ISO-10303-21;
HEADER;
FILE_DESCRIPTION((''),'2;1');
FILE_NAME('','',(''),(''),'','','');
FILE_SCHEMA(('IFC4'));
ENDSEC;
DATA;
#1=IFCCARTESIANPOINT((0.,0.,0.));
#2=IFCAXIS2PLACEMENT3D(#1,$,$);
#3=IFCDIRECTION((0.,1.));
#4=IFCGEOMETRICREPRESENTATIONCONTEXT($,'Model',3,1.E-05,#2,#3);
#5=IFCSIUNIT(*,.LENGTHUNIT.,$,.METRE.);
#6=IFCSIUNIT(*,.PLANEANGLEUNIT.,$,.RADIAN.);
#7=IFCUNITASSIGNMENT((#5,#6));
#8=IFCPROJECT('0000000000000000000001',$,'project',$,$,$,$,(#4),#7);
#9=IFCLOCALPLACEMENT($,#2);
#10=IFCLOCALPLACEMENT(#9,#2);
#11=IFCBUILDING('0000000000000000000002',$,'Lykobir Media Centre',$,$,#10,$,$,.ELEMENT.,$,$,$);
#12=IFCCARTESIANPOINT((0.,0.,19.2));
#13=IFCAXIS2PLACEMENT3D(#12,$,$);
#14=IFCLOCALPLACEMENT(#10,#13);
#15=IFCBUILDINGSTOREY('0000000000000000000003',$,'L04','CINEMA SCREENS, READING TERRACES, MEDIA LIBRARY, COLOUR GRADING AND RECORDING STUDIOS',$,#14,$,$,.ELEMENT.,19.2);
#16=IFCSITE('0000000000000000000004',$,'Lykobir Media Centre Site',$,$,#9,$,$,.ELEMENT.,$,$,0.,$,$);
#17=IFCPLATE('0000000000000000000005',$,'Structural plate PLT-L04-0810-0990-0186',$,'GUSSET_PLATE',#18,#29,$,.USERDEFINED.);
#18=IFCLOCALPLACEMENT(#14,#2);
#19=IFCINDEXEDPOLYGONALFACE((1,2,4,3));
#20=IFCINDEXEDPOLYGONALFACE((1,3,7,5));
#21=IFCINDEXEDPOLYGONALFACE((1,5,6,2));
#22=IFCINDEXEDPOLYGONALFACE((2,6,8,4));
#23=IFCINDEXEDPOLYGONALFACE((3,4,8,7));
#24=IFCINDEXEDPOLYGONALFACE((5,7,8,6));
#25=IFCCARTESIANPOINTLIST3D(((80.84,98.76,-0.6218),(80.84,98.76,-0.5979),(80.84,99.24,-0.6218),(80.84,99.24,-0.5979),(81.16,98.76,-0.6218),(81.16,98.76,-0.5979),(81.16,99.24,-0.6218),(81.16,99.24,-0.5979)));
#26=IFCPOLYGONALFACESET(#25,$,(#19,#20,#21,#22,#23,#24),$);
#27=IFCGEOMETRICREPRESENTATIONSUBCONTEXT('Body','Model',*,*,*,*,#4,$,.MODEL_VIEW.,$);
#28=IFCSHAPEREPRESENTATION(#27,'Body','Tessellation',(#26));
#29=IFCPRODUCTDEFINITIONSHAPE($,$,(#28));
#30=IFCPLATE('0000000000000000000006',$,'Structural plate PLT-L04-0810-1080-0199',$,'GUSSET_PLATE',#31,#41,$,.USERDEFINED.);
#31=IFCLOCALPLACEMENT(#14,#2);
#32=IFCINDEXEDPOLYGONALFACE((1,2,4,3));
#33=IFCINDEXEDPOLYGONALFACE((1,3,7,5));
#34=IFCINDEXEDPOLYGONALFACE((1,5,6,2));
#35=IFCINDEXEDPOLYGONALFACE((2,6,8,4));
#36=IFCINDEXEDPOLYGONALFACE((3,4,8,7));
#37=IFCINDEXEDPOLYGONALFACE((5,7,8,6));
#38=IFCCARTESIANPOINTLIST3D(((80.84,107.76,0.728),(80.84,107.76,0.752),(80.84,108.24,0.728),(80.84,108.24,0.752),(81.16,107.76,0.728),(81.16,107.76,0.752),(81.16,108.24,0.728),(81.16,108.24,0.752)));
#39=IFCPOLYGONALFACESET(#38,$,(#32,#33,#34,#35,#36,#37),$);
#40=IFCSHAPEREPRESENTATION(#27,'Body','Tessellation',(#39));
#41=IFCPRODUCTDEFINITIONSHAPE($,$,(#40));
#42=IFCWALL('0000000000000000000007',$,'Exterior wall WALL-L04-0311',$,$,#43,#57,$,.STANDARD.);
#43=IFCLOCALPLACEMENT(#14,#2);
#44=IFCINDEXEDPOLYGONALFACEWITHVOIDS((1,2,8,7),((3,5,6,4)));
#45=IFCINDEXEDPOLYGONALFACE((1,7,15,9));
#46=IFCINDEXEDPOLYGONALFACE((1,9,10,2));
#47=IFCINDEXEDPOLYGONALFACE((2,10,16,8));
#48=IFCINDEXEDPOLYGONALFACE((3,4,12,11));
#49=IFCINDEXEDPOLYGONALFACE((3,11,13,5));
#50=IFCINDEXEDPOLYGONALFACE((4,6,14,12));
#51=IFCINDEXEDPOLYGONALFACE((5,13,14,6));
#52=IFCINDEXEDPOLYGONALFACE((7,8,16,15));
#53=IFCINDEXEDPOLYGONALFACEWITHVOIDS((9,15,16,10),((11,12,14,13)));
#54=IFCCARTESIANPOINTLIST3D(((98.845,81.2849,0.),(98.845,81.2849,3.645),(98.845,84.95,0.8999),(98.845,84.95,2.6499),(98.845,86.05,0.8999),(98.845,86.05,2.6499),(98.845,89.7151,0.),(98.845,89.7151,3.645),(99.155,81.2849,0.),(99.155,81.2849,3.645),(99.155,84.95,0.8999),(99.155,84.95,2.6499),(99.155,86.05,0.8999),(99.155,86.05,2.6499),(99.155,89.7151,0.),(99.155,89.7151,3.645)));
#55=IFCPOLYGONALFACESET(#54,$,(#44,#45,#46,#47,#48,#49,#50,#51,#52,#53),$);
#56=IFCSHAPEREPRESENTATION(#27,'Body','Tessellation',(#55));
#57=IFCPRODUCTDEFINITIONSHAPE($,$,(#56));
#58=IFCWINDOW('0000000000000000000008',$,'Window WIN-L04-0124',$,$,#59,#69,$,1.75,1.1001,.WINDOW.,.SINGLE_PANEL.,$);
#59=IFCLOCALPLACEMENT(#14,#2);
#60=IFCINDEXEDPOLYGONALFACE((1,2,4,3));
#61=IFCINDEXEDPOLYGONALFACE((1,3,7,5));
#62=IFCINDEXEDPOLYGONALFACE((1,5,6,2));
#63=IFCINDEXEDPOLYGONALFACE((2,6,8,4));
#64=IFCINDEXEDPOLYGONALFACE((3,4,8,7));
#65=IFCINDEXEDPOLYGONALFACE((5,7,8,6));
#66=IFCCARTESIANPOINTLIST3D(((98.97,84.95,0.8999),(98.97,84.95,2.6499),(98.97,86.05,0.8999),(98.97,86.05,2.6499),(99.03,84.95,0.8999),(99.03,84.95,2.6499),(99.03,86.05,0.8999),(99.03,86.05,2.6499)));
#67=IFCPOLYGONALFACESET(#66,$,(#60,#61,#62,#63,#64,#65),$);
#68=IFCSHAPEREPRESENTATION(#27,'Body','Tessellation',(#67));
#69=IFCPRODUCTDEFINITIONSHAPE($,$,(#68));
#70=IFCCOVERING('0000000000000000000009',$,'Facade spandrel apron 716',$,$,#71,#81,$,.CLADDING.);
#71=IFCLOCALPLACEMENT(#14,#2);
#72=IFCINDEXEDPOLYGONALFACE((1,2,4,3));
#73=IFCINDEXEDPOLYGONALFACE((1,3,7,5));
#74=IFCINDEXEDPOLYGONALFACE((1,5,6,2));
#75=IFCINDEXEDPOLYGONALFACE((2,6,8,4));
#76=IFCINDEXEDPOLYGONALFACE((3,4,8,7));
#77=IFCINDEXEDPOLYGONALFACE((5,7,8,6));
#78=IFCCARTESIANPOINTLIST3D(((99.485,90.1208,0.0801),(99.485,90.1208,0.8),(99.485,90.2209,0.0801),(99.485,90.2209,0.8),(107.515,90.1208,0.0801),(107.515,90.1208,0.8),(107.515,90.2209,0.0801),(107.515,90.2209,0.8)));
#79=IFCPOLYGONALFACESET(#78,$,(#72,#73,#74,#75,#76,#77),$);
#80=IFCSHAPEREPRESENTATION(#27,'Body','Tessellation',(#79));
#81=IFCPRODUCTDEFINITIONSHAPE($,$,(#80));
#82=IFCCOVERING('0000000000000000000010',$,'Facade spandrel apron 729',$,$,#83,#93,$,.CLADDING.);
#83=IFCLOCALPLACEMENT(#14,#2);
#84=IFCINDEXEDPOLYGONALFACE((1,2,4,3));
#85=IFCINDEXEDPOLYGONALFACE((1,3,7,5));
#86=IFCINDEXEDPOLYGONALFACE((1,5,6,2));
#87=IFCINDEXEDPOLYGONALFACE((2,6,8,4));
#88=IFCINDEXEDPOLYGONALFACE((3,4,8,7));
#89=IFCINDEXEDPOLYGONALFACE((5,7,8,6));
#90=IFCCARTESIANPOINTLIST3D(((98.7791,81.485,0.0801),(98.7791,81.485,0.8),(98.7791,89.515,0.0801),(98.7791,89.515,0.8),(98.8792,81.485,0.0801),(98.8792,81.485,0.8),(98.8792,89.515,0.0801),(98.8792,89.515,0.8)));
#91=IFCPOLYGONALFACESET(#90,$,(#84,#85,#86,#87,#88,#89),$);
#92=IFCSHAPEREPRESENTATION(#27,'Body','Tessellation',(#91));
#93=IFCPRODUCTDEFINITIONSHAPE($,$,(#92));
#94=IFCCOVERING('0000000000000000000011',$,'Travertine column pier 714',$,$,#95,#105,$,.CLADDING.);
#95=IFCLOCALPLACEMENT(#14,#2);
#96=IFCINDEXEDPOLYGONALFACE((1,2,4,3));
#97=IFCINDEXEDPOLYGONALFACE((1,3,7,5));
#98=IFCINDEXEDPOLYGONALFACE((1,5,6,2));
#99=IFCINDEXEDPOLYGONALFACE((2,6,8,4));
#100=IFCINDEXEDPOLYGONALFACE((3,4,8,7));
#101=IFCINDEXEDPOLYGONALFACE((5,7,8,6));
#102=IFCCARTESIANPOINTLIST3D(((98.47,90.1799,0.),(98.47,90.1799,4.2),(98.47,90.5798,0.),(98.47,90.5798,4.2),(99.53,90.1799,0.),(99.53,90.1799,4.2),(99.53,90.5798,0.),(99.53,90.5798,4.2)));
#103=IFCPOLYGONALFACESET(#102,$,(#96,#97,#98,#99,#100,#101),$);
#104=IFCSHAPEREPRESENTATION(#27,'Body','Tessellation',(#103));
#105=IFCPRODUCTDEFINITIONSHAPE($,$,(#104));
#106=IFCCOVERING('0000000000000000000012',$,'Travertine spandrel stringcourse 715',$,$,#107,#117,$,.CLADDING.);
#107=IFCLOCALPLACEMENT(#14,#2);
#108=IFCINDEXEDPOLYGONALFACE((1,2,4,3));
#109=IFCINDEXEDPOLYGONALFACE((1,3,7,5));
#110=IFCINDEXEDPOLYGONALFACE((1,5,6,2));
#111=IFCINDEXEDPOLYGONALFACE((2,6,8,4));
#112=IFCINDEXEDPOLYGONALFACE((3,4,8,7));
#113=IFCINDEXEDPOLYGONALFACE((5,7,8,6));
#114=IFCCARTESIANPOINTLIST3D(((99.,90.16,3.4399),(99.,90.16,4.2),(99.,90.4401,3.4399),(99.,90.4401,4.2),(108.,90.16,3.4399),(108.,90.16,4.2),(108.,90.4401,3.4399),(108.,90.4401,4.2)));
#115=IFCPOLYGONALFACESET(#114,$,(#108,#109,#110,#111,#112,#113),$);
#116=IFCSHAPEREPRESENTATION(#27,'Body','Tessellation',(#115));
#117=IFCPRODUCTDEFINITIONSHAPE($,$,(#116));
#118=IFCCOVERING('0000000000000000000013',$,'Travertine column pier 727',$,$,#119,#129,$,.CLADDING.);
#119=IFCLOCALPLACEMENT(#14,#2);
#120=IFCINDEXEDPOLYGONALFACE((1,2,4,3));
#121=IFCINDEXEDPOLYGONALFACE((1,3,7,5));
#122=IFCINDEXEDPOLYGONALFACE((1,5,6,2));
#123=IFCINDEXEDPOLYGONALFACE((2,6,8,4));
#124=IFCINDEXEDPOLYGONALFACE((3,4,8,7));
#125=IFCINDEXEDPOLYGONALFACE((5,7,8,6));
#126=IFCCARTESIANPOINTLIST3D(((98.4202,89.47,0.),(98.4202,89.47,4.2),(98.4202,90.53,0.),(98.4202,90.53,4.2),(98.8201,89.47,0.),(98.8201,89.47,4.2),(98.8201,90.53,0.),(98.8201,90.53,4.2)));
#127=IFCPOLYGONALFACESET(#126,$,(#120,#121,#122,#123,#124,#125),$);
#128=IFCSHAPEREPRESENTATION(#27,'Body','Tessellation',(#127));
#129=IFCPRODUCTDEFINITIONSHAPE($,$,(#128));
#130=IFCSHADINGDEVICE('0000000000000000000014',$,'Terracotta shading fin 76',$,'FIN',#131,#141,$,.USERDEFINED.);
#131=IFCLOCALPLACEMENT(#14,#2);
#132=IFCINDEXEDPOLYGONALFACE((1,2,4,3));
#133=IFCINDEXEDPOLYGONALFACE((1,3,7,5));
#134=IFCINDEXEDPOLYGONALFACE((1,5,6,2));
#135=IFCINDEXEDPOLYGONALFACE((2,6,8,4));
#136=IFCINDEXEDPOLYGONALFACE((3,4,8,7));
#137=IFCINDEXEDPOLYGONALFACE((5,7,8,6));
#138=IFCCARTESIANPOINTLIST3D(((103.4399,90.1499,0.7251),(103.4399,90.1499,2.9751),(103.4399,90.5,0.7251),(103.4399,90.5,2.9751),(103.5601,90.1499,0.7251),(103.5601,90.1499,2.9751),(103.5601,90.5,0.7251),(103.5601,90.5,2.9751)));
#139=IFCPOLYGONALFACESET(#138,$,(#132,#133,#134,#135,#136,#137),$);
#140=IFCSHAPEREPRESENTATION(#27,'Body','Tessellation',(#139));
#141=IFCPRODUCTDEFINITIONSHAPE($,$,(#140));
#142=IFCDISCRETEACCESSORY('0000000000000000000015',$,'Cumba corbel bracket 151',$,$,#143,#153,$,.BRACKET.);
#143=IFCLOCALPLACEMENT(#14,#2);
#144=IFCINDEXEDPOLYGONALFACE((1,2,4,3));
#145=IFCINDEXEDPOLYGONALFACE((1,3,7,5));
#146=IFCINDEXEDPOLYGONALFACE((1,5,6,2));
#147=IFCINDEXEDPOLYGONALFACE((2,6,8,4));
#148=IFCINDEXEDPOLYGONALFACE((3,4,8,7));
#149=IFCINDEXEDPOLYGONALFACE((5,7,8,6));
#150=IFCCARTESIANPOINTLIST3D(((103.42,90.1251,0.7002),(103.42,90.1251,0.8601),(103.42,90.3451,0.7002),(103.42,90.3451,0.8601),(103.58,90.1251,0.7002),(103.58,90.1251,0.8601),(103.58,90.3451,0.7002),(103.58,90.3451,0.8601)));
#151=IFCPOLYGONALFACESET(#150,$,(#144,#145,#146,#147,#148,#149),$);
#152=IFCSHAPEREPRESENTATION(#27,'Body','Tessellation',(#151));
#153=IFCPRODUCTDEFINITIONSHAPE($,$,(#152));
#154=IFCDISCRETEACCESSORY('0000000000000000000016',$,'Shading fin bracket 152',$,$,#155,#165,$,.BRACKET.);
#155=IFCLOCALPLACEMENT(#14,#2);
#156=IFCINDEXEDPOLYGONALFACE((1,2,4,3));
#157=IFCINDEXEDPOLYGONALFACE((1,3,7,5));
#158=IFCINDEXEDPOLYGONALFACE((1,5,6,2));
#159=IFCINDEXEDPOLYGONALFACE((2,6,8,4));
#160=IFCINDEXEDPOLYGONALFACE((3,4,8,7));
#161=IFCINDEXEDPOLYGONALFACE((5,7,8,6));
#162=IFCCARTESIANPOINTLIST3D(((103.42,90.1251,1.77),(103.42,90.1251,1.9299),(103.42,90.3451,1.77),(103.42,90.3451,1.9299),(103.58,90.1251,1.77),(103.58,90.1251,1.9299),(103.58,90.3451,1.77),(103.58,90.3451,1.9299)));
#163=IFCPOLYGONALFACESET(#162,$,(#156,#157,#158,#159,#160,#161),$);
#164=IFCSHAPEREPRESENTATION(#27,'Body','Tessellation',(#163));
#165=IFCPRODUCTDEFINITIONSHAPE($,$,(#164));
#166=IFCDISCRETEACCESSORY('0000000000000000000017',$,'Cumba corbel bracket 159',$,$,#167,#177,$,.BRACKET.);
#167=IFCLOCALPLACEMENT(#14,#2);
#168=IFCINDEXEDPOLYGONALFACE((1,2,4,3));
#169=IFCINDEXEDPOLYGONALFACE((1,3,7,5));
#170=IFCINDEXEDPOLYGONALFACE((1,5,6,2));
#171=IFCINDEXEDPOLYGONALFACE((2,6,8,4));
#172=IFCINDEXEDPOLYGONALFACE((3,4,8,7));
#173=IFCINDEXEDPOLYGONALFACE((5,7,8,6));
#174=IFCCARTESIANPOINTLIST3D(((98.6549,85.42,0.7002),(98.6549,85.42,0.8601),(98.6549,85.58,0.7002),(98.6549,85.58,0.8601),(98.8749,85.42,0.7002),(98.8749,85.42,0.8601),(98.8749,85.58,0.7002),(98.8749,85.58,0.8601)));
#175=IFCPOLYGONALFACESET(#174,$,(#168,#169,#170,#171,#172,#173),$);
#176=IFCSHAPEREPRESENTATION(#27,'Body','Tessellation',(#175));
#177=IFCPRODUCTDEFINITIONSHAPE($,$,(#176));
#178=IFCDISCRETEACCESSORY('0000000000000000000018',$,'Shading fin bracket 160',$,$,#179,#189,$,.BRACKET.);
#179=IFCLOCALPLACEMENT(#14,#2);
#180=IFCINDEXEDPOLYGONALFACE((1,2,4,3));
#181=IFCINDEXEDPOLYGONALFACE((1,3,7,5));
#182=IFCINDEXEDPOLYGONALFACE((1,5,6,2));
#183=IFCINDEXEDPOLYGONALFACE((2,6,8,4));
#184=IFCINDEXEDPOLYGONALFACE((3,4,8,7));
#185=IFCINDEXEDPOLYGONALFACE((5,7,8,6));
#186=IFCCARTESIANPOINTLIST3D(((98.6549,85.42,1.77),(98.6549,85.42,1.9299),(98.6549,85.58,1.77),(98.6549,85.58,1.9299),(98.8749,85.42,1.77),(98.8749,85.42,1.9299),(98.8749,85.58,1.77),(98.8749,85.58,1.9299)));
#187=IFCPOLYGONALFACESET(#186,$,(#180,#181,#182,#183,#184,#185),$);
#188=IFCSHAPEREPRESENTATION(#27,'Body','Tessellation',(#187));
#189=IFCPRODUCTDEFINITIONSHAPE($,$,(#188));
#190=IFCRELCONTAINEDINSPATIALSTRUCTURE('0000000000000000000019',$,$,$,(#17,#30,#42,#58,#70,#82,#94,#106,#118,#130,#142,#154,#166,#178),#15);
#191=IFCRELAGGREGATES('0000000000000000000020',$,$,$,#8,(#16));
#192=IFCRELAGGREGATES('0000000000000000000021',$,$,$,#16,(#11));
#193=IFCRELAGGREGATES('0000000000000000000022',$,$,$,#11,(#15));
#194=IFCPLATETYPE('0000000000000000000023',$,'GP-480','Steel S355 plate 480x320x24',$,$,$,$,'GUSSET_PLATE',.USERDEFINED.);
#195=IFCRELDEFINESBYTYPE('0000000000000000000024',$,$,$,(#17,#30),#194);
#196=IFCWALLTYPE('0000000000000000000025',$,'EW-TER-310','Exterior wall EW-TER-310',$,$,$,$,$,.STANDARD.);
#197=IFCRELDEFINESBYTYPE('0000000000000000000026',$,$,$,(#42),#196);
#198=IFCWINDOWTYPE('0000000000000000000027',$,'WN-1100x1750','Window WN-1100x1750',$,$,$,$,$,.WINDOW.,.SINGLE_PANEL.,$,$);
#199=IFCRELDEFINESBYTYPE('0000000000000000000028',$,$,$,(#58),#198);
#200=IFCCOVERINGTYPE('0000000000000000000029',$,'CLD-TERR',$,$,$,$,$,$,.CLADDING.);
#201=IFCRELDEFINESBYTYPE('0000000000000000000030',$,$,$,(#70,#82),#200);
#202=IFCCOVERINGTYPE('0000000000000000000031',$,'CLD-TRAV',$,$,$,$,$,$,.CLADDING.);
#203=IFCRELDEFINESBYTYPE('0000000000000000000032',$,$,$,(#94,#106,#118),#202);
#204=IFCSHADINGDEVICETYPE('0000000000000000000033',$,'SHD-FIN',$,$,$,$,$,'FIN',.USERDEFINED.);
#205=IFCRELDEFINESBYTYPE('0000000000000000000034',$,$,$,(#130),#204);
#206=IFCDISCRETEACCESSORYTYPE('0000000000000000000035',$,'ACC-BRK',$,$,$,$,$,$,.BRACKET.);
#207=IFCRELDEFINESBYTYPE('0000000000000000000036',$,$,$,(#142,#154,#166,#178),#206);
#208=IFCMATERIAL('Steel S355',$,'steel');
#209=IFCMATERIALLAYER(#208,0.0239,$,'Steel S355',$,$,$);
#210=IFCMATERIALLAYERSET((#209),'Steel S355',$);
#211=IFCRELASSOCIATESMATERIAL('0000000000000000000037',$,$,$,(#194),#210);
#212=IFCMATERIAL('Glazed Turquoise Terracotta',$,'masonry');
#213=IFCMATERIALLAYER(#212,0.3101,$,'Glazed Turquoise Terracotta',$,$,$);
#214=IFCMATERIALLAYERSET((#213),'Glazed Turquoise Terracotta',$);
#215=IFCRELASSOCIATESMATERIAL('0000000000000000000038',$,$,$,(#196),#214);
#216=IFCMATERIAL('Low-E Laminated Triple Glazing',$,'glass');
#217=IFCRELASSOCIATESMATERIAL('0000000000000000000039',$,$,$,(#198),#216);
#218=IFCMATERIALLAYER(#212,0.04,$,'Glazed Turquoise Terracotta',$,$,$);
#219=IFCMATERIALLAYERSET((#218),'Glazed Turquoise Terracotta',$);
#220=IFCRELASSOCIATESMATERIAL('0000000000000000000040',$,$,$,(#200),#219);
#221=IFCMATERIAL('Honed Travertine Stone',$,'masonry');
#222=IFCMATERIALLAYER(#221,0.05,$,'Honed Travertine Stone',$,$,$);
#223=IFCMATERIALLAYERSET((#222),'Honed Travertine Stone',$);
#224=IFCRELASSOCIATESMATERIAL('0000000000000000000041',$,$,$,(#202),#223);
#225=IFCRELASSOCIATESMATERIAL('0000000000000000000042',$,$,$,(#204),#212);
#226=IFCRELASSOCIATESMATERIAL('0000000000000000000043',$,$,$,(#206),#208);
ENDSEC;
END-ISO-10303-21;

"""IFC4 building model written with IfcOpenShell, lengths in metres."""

from ifc_helpers import new_model, si_unit, direction, frame, frame_2d, origin, origin_2d, place, context, subcontext, project, spatial, rectangle, extrude, material, layer, layer_set, type_object, element, fill, save


model = new_model("IFC4")

# Units and contexts
model_context = context("Model", 3, precision=1e-05, world=origin(), true_north=direction((0.0, 1.0)))
body_context = subcontext(model_context, "Body", "Model", "MODEL_VIEW")
ifc_project = project(units=[si_unit("LENGTHUNIT", "METRE"), si_unit("PLANEANGLEUNIT", "RADIAN")], contexts=[model_context])

# Site, building, storey
site_placement = place(None, origin())
site = spatial("IfcSite", under=ifc_project, at=site_placement, Name="Lykobir Media Centre Site", CompositionType="ELEMENT", RefElevation=0.0)
building_placement = place(site_placement, origin())
building = spatial("IfcBuilding", under=site, at=building_placement, Name="Lykobir Media Centre", CompositionType="ELEMENT")
storey_placement = place(building_placement, frame((0.0, 0.0, 19.2)))
storey = spatial("IfcBuildingStorey", under=building, at=storey_placement, Name="L04", Description="CINEMA SCREENS, READING TERRACES, MEDIA LIBRARY, COLOUR GRADING AND RECORDING STUDIOS", CompositionType="ELEMENT", Elevation=19.2)

# Shared definitions
ifc_material_1 = material(Name="Steel S355", Category="steel")

# Shared definitions
ifc_material_2 = material(Name="Low-E Laminated Triple Glazing", Category="glass")

# Plates
ifc_layer_1 = layer(ifc_material_1, 0.0239, Name="Steel S355")
ifc_layer_set_1 = layer_set([ifc_layer_1], Name="Steel S355")
plate_type_1 = type_object("IfcPlateType", Name="GP-480", Description="Steel S355 plate 480x320x24", ElementType="GUSSET_PLATE", PredefinedType="USERDEFINED", material=ifc_layer_set_1)
for number, where, z_axis, x_axis, name in (
    (1, (81.0, 99.0, -0.6218), (0.0, 0.0, 1.0), (0.0, 1.0, 0.0), "Structural plate PLT-L04-0810-0990-0186"),
    (2, (81.0, 108.0, 0.728), (0.0, 0.0, 1.0), (0.0, 1.0, 0.0), "Structural plate PLT-L04-0810-1080-0199"),
):
    element("IfcPlate", number, at=place(storey_placement, frame(where, z_axis=z_axis, x_axis=x_axis)), inside=storey, type_object=plate_type_1, Name=name, ObjectType="GUSSET_PLATE", PredefinedType="USERDEFINED", context=body_context, shape_type="SweptSolid", body=[
        extrude(rectangle(XDim=0.48, YDim=0.3201, at=origin_2d()), origin(), (0.0, 0.0, 1.0), 0.0239),
    ])

# Wall, opening, window
ifc_material_3 = material(Name="Glazed Turquoise Terracotta", Category="masonry")
ifc_layer_2 = layer(ifc_material_3, 0.3101, Name="Glazed Turquoise Terracotta")
ifc_layer_set_2 = layer_set([ifc_layer_2], Name="Glazed Turquoise Terracotta")
wall_type = type_object("IfcWallType", Name="EW-TER-310", Description="Exterior wall EW-TER-310", PredefinedType="STANDARD", material=ifc_layer_set_2)
wall_placement = place(storey_placement, frame((99.0, 89.7151, 0.0), z_axis=(0.0, 0.0, 1.0), x_axis=(0.0, -1.0, 0.0)))
wall = element("IfcWall", 3, at=wall_placement, inside=storey, type_object=wall_type, Name="Exterior wall WALL-L04-0311", PredefinedType="STANDARD", context=body_context, shape_type="SweptSolid", body=[
    extrude(rectangle(XDim=8.4302, YDim=0.3101, at=frame_2d((4.2151, 0.0))), origin(), (0.0, 0.0, 1.0), 3.645),
])
opening_placement = place(wall_placement, frame((3.665, 0.0, 0.8999)))
opening = element("IfcOpeningElement", 4, at=opening_placement, cuts=wall, PredefinedType="OPENING", context=body_context, shape_type="SweptSolid", body=[
    extrude(rectangle(XDim=1.1001, YDim=1.75, at=frame_2d((0.55, 0.875))), frame((0.0, 0.165, 0.0), z_axis=(0.0, -1.0, 0.0), x_axis=(1.0, 0.0, 0.0)), (0.0, 0.0, 1.0), 0.3301),
])
window_type = type_object("IfcWindowType", Name="WN-1100x1750", Description="Window WN-1100x1750", PartitioningType="SINGLE_PANEL", PredefinedType="WINDOW", material=ifc_material_2)
window_placement = place(opening_placement, origin())
window = element("IfcWindow", 5, at=window_placement, inside=storey, type_object=window_type, Name="Window WIN-L04-0124", OverallHeight=1.75, OverallWidth=1.1001, PartitioningType="SINGLE_PANEL", PredefinedType="WINDOW", context=body_context, shape_type="SweptSolid", body=[
    extrude(rectangle(XDim=1.1001, YDim=1.75, at=frame_2d((0.55, 0.875))), frame((0.0, 0.03, 0.0), z_axis=(0.0, -1.0, 0.0), x_axis=(1.0, 0.0, 0.0)), (0.0, 0.0, 1.0), 0.0601),
])
fill(opening, window)

# Coverings
ifc_layer_3 = layer(ifc_material_3, 0.04, Name="Glazed Turquoise Terracotta")
ifc_layer_set_3 = layer_set([ifc_layer_3], Name="Glazed Turquoise Terracotta")
covering_type_1 = type_object("IfcCoveringType", Name="CLD-TERR", PredefinedType="CLADDING", material=ifc_layer_set_3)
for number, where, z_axis, x_axis, name in (
    (6, (103.5, 90.1709, 0.0801), (0.0, 0.0, 1.0), (-1.0, 0.0, 0.0), "Facade spandrel apron 716"),
    (7, (98.8291, 85.5, 0.0801), (0.0, 0.0, 1.0), (0.0, -1.0, 0.0), "Facade spandrel apron 729"),
):
    element("IfcCovering", number, at=place(storey_placement, frame(where, z_axis=z_axis, x_axis=x_axis)), inside=storey, type_object=covering_type_1, Name=name, PredefinedType="CLADDING", context=body_context, shape_type="SweptSolid", body=[
        extrude(rectangle(XDim=8.03, YDim=0.1001, at=origin_2d()), origin(), (0.0, 0.0, 1.0), 0.72),
    ])
ifc_material_4 = material(Name="Honed Travertine Stone", Category="masonry")
ifc_layer_4 = layer(ifc_material_4, 0.05, Name="Honed Travertine Stone")
ifc_layer_set_4 = layer_set([ifc_layer_4], Name="Honed Travertine Stone")
covering_type_2 = type_object("IfcCoveringType", Name="CLD-TRAV", PredefinedType="CLADDING", material=ifc_layer_set_4)
covering_1_placement = place(storey_placement, frame((99.0, 90.3799, 0.0), z_axis=(0.0, 0.0, 1.0), x_axis=(-1.0, 0.0, 0.0)))
element("IfcCovering", 8, at=covering_1_placement, inside=storey, type_object=covering_type_2, Name="Travertine column pier 714", PredefinedType="CLADDING", context=body_context, shape_type="SweptSolid", body=[
    extrude(rectangle(XDim=1.0601, YDim=0.3999, at=origin_2d()), origin(), (0.0, 0.0, 1.0), 4.2),
])
covering_2_placement = place(storey_placement, frame((103.5, 90.3, 3.4399), z_axis=(0.0, 0.0, 1.0), x_axis=(-1.0, 0.0, 0.0)))
element("IfcCovering", 9, at=covering_2_placement, inside=storey, type_object=covering_type_2, Name="Travertine spandrel stringcourse 715", PredefinedType="CLADDING", context=body_context, shape_type="SweptSolid", body=[
    extrude(rectangle(XDim=9.0, YDim=0.28, at=origin_2d()), origin(), (0.0, 0.0, 1.0), 0.76),
])
covering_3_placement = place(storey_placement, frame((98.6201, 90.0, 0.0), z_axis=(0.0, 0.0, 1.0), x_axis=(0.0, -1.0, 0.0)))
element("IfcCovering", 10, at=covering_3_placement, inside=storey, type_object=covering_type_2, Name="Travertine column pier 727", PredefinedType="CLADDING", context=body_context, shape_type="SweptSolid", body=[
    extrude(rectangle(XDim=1.0601, YDim=0.3999, at=origin_2d()), origin(), (0.0, 0.0, 1.0), 4.2),
])

# Shading device
shading_device_type = type_object("IfcShadingDeviceType", Name="SHD-FIN", ElementType="FIN", PredefinedType="USERDEFINED", material=ifc_material_3)
shading_device_placement = place(storey_placement, frame((103.5, 90.325, 0.7251), z_axis=(0.0, 0.0, 1.0), x_axis=(-1.0, 0.0, 0.0)))
element("IfcShadingDevice", 11, at=shading_device_placement, inside=storey, type_object=shading_device_type, Name="Terracotta shading fin 76", ObjectType="FIN", PredefinedType="USERDEFINED", context=body_context, shape_type="SweptSolid", body=[
    extrude(rectangle(XDim=0.1201, YDim=0.3501, at=origin_2d()), origin(), (0.0, 0.0, 1.0), 2.25),
])

# Discrete accessories
discrete_accessory_type = type_object("IfcDiscreteAccessoryType", Name="ACC-BRK", PredefinedType="BRACKET", material=ifc_material_1)
for number, where, z_axis, x_axis, name in (
    (12, (103.5, 90.2351, 0.7002), (0.0, 0.0, 1.0), (-1.0, 0.0, 0.0), "Cumba corbel bracket 151"),
    (13, (103.5, 90.2351, 1.77), (0.0, 0.0, 1.0), (-1.0, 0.0, 0.0), "Shading fin bracket 152"),
    (14, (98.7649, 85.5, 0.7002), (0.0, 0.0, 1.0), (0.0, -1.0, 0.0), "Cumba corbel bracket 159"),
    (15, (98.7649, 85.5, 1.77), (0.0, 0.0, 1.0), (0.0, -1.0, 0.0), "Shading fin bracket 160"),
):
    element("IfcDiscreteAccessory", number, at=place(storey_placement, frame(where, z_axis=z_axis, x_axis=x_axis)), inside=storey, type_object=discrete_accessory_type, Name=name, PredefinedType="BRACKET", context=body_context, shape_type="SweptSolid", body=[
        extrude(rectangle(XDim=0.1599, YDim=0.22, at=origin_2d()), origin(), (0.0, 0.0, 1.0), 0.1599),
    ])

save(model, "model.ifc")
